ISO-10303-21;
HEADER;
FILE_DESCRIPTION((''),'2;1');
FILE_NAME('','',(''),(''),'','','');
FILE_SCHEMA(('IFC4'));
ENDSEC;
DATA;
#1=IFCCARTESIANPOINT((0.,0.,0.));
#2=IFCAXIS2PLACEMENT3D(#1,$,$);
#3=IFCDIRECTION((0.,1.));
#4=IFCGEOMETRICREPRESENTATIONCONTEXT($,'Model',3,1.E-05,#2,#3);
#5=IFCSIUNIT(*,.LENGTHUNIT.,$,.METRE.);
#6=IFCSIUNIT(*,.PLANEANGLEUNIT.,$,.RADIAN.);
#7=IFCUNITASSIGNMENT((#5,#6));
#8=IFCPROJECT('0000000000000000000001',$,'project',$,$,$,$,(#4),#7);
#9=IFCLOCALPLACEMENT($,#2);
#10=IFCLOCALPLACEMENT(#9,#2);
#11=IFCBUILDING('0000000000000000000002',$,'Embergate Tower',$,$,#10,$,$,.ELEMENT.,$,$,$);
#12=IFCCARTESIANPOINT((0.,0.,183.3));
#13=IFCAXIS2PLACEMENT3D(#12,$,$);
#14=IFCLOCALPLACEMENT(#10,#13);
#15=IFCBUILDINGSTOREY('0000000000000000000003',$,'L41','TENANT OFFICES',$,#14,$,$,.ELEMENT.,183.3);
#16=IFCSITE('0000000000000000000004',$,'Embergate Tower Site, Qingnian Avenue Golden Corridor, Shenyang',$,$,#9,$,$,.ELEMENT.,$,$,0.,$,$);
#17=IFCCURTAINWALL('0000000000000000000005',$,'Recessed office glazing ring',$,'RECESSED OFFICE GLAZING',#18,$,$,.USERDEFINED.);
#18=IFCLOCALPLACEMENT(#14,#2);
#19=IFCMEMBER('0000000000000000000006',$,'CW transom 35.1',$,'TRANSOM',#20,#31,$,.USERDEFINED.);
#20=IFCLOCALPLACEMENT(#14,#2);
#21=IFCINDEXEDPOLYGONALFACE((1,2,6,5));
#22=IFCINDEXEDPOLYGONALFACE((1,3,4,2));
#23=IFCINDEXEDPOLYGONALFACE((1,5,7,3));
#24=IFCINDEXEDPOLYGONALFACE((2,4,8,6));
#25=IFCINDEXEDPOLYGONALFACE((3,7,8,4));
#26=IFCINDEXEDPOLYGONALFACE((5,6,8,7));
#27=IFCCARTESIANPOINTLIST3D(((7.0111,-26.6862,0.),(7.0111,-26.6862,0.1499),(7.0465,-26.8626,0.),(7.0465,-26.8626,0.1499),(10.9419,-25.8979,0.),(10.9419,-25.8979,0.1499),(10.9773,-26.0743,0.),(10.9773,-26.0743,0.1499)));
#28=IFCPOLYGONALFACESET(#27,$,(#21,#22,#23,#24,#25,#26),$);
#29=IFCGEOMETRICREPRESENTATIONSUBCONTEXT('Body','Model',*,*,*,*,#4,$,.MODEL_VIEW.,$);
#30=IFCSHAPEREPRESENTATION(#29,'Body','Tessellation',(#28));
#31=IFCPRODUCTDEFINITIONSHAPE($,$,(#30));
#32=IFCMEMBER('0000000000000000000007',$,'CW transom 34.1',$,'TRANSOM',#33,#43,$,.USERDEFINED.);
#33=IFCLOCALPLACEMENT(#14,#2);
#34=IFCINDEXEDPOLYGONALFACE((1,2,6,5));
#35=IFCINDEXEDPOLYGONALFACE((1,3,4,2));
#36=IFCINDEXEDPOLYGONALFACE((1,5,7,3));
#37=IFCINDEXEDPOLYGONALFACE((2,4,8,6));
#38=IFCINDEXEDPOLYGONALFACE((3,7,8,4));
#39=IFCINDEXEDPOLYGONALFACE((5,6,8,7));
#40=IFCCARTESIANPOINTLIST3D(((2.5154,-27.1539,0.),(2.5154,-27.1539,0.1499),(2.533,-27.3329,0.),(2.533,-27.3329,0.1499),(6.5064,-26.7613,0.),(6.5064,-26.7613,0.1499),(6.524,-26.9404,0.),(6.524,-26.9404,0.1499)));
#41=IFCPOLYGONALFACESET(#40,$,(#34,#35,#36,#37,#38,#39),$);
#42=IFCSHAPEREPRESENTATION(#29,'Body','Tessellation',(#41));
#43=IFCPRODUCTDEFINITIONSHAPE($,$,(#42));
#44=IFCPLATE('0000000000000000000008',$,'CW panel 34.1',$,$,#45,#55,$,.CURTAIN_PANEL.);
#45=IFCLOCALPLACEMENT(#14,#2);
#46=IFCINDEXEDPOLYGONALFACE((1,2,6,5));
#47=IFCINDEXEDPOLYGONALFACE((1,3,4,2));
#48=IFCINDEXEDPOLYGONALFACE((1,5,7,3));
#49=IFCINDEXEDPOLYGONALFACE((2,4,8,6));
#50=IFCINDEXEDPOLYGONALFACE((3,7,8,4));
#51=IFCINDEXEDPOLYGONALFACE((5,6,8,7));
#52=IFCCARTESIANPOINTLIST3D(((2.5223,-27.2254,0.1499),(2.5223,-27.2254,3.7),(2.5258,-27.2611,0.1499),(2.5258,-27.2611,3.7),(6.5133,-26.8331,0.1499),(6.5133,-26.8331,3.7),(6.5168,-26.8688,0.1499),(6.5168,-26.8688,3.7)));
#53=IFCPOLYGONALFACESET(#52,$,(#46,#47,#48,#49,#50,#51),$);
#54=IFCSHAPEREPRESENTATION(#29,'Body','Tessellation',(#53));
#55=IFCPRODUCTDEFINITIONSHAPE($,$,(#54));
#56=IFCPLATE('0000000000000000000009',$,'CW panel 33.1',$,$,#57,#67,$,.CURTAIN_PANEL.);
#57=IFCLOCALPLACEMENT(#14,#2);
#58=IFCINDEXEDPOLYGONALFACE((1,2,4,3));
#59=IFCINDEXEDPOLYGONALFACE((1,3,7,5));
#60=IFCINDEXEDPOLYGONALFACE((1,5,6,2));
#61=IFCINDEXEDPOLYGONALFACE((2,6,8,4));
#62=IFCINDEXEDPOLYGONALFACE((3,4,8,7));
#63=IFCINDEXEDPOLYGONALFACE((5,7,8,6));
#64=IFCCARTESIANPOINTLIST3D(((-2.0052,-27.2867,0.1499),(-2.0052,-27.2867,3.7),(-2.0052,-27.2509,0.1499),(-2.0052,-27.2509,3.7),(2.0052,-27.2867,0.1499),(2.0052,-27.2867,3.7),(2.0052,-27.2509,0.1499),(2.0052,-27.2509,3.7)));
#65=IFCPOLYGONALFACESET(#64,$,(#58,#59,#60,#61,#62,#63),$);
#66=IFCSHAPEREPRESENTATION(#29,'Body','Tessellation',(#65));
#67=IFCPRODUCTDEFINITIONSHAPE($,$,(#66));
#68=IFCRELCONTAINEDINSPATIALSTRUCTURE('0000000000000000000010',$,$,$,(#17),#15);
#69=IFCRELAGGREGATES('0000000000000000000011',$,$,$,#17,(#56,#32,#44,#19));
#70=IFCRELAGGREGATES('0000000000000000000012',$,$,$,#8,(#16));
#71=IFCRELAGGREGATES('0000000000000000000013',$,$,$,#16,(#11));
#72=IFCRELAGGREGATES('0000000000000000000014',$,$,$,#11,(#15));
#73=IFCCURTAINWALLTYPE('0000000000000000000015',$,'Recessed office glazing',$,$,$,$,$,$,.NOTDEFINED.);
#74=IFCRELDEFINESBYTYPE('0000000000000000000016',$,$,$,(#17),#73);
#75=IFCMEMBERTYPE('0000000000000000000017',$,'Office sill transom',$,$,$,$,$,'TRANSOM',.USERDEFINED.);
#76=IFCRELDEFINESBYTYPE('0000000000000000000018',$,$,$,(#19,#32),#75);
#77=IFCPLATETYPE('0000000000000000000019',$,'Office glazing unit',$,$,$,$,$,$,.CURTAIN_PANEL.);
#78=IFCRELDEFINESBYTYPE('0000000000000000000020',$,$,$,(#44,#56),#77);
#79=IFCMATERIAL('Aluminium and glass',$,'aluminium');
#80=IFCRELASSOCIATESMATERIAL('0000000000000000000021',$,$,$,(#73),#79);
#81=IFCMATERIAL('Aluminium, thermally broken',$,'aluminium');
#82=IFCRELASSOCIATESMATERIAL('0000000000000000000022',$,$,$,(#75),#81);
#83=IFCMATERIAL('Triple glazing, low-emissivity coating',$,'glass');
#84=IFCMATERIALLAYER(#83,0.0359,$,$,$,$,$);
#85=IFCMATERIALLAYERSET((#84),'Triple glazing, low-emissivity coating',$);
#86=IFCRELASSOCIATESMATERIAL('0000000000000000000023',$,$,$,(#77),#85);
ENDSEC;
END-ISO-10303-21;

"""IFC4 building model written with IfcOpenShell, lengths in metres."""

from ifc_helpers import new_model, si_unit, direction, frame, origin, origin_2d, place, context, subcontext, project, spatial, rectangle, extrude, source, transform, mapped, material, layer, layer_set, material_profile, profile_set, type_object, element, aggregate, save


model = new_model("IFC4")

# Units and contexts
model_context = context("Model", 3, precision=1e-05, world=origin(), true_north=direction((0.0, 1.0)))
body_context = subcontext(model_context, "Body", "Model", "MODEL_VIEW")
ifc_project = project(units=[si_unit("LENGTHUNIT", "METRE"), si_unit("PLANEANGLEUNIT", "RADIAN")], contexts=[model_context])

# Site, building, storey
site_placement = place(None, origin())
site = spatial("IfcSite", under=ifc_project, at=site_placement, Name="Embergate Tower Site, Qingnian Avenue Golden Corridor, Shenyang", CompositionType="ELEMENT", RefElevation=0.0)
building_placement = place(site_placement, origin())
building = spatial("IfcBuilding", under=site, at=building_placement, Name="Embergate Tower", CompositionType="ELEMENT")
storey_placement = place(building_placement, frame((0.0, 0.0, 183.3)))
storey = spatial("IfcBuildingStorey", under=building, at=storey_placement, Name="L41", Description="TENANT OFFICES", CompositionType="ELEMENT", Elevation=183.3)

# Curtain wall, members, plates
ifc_material_1 = material(Name="Aluminium and glass", Category="aluminium")
curtain_wall_type = type_object("IfcCurtainWallType", Name="Recessed office glazing", PredefinedType="NOTDEFINED", material=ifc_material_1)
curtain_wall_placement = place(storey_placement, origin())
curtain_wall = element("IfcCurtainWall", 1, at=curtain_wall_placement, inside=storey, type_object=curtain_wall_type, Name="Recessed office glazing ring", ObjectType="RECESSED OFFICE GLAZING", PredefinedType="USERDEFINED")
ifc_material_2 = material(Name="Aluminium, thermally broken", Category="aluminium")
ifc_material_profile_1 = material_profile(ifc_material_2, rectangle(XDim=0.1799, YDim=0.1499, at=origin_2d()), Name="AL 150x180")
ifc_profile_set_1 = profile_set([ifc_material_profile_1], Name="Aluminium, thermally broken")
member_type_1 = type_object("IfcMemberType", Name="Office sill transom", ElementType="TRANSOM", PredefinedType="USERDEFINED", material=ifc_profile_set_1)
shared_shape_1 = source(origin(), body_context, "Body", "SweptSolid", [
    extrude(rectangle(XDim=0.1799, YDim=0.1499, at=origin_2d()), origin(), (0.0, 0.0, 1.0), 4.009),
])
member_1_placement = place(storey_placement, frame((7.0288, -26.7744, 0.075), z_axis=(0.980475, 0.196643, 0.0), x_axis=(-0.196643, 0.980475, 0.0)))
member_1 = element("IfcMember", 2, at=member_1_placement, type_object=member_type_1, Name="CW transom 35.1", ObjectType="TRANSOM", PredefinedType="USERDEFINED", context=body_context, shape_type="MappedRepresentation", body=[
    mapped(shared_shape_1, transform((0.0, 0.0, 0.0))),
])
shared_shape_2 = source(origin(), body_context, "Body", "SweptSolid", [
    extrude(rectangle(XDim=0.1799, YDim=0.1499, at=origin_2d()), origin(), (0.0, 0.0, 1.0), 4.0103),
])
member_2_placement = place(storey_placement, frame((2.5242, -27.2434, 0.075), z_axis=(0.995197, 0.097894, 0.0), x_axis=(-0.097894, 0.995197, 0.0)))
member_2 = element("IfcMember", 3, at=member_2_placement, type_object=member_type_1, Name="CW transom 34.1", ObjectType="TRANSOM", PredefinedType="USERDEFINED", context=body_context, shape_type="MappedRepresentation", body=[
    mapped(shared_shape_2, transform((0.0, 0.0, 0.0))),
])
ifc_material_3 = material(Name="Triple glazing, low-emissivity coating", Category="glass")
ifc_layer = layer(ifc_material_3, 0.0359)
ifc_layer_set = layer_set([ifc_layer], Name="Triple glazing, low-emissivity coating")
plate_type = type_object("IfcPlateType", Name="Office glazing unit", PredefinedType="CURTAIN_PANEL", material=ifc_layer_set)
shared_shape_3 = source(origin(), body_context, "Body", "SweptSolid", [
    extrude(rectangle(XDim=4.0103, YDim=0.0359, at=origin_2d()), origin(), (0.0, 0.0, 1.0), 3.55),
])
plate_1_placement = place(storey_placement, frame((4.5195, -27.0471, 0.1499), z_axis=(0.0, 0.0, 1.0), x_axis=(0.995203, 0.09783, 0.0)))
plate_1 = element("IfcPlate", 4, at=plate_1_placement, type_object=plate_type, Name="CW panel 34.1", PredefinedType="CURTAIN_PANEL", context=body_context, shape_type="MappedRepresentation", body=[
    mapped(shared_shape_3, transform((0.0, 0.0, 0.0))),
])
shared_shape_4 = source(origin(), body_context, "Body", "SweptSolid", [
    extrude(rectangle(XDim=4.0105, YDim=0.0359, at=origin_2d()), origin(), (0.0, 0.0, 1.0), 3.55),
])
plate_2_placement = place(storey_placement, frame((0.0, -27.2688, 0.1499), z_axis=(0.0, 0.0, 1.0), x_axis=(1.0, 0.0, 0.0)))
plate_2 = element("IfcPlate", 5, at=plate_2_placement, type_object=plate_type, Name="CW panel 33.1", PredefinedType="CURTAIN_PANEL", context=body_context, shape_type="MappedRepresentation", body=[
    mapped(shared_shape_4, transform((0.0, 0.0, 0.0))),
])
aggregate(curtain_wall, [plate_2, member_2, plate_1, member_1])

save(model, "model.ifc")
